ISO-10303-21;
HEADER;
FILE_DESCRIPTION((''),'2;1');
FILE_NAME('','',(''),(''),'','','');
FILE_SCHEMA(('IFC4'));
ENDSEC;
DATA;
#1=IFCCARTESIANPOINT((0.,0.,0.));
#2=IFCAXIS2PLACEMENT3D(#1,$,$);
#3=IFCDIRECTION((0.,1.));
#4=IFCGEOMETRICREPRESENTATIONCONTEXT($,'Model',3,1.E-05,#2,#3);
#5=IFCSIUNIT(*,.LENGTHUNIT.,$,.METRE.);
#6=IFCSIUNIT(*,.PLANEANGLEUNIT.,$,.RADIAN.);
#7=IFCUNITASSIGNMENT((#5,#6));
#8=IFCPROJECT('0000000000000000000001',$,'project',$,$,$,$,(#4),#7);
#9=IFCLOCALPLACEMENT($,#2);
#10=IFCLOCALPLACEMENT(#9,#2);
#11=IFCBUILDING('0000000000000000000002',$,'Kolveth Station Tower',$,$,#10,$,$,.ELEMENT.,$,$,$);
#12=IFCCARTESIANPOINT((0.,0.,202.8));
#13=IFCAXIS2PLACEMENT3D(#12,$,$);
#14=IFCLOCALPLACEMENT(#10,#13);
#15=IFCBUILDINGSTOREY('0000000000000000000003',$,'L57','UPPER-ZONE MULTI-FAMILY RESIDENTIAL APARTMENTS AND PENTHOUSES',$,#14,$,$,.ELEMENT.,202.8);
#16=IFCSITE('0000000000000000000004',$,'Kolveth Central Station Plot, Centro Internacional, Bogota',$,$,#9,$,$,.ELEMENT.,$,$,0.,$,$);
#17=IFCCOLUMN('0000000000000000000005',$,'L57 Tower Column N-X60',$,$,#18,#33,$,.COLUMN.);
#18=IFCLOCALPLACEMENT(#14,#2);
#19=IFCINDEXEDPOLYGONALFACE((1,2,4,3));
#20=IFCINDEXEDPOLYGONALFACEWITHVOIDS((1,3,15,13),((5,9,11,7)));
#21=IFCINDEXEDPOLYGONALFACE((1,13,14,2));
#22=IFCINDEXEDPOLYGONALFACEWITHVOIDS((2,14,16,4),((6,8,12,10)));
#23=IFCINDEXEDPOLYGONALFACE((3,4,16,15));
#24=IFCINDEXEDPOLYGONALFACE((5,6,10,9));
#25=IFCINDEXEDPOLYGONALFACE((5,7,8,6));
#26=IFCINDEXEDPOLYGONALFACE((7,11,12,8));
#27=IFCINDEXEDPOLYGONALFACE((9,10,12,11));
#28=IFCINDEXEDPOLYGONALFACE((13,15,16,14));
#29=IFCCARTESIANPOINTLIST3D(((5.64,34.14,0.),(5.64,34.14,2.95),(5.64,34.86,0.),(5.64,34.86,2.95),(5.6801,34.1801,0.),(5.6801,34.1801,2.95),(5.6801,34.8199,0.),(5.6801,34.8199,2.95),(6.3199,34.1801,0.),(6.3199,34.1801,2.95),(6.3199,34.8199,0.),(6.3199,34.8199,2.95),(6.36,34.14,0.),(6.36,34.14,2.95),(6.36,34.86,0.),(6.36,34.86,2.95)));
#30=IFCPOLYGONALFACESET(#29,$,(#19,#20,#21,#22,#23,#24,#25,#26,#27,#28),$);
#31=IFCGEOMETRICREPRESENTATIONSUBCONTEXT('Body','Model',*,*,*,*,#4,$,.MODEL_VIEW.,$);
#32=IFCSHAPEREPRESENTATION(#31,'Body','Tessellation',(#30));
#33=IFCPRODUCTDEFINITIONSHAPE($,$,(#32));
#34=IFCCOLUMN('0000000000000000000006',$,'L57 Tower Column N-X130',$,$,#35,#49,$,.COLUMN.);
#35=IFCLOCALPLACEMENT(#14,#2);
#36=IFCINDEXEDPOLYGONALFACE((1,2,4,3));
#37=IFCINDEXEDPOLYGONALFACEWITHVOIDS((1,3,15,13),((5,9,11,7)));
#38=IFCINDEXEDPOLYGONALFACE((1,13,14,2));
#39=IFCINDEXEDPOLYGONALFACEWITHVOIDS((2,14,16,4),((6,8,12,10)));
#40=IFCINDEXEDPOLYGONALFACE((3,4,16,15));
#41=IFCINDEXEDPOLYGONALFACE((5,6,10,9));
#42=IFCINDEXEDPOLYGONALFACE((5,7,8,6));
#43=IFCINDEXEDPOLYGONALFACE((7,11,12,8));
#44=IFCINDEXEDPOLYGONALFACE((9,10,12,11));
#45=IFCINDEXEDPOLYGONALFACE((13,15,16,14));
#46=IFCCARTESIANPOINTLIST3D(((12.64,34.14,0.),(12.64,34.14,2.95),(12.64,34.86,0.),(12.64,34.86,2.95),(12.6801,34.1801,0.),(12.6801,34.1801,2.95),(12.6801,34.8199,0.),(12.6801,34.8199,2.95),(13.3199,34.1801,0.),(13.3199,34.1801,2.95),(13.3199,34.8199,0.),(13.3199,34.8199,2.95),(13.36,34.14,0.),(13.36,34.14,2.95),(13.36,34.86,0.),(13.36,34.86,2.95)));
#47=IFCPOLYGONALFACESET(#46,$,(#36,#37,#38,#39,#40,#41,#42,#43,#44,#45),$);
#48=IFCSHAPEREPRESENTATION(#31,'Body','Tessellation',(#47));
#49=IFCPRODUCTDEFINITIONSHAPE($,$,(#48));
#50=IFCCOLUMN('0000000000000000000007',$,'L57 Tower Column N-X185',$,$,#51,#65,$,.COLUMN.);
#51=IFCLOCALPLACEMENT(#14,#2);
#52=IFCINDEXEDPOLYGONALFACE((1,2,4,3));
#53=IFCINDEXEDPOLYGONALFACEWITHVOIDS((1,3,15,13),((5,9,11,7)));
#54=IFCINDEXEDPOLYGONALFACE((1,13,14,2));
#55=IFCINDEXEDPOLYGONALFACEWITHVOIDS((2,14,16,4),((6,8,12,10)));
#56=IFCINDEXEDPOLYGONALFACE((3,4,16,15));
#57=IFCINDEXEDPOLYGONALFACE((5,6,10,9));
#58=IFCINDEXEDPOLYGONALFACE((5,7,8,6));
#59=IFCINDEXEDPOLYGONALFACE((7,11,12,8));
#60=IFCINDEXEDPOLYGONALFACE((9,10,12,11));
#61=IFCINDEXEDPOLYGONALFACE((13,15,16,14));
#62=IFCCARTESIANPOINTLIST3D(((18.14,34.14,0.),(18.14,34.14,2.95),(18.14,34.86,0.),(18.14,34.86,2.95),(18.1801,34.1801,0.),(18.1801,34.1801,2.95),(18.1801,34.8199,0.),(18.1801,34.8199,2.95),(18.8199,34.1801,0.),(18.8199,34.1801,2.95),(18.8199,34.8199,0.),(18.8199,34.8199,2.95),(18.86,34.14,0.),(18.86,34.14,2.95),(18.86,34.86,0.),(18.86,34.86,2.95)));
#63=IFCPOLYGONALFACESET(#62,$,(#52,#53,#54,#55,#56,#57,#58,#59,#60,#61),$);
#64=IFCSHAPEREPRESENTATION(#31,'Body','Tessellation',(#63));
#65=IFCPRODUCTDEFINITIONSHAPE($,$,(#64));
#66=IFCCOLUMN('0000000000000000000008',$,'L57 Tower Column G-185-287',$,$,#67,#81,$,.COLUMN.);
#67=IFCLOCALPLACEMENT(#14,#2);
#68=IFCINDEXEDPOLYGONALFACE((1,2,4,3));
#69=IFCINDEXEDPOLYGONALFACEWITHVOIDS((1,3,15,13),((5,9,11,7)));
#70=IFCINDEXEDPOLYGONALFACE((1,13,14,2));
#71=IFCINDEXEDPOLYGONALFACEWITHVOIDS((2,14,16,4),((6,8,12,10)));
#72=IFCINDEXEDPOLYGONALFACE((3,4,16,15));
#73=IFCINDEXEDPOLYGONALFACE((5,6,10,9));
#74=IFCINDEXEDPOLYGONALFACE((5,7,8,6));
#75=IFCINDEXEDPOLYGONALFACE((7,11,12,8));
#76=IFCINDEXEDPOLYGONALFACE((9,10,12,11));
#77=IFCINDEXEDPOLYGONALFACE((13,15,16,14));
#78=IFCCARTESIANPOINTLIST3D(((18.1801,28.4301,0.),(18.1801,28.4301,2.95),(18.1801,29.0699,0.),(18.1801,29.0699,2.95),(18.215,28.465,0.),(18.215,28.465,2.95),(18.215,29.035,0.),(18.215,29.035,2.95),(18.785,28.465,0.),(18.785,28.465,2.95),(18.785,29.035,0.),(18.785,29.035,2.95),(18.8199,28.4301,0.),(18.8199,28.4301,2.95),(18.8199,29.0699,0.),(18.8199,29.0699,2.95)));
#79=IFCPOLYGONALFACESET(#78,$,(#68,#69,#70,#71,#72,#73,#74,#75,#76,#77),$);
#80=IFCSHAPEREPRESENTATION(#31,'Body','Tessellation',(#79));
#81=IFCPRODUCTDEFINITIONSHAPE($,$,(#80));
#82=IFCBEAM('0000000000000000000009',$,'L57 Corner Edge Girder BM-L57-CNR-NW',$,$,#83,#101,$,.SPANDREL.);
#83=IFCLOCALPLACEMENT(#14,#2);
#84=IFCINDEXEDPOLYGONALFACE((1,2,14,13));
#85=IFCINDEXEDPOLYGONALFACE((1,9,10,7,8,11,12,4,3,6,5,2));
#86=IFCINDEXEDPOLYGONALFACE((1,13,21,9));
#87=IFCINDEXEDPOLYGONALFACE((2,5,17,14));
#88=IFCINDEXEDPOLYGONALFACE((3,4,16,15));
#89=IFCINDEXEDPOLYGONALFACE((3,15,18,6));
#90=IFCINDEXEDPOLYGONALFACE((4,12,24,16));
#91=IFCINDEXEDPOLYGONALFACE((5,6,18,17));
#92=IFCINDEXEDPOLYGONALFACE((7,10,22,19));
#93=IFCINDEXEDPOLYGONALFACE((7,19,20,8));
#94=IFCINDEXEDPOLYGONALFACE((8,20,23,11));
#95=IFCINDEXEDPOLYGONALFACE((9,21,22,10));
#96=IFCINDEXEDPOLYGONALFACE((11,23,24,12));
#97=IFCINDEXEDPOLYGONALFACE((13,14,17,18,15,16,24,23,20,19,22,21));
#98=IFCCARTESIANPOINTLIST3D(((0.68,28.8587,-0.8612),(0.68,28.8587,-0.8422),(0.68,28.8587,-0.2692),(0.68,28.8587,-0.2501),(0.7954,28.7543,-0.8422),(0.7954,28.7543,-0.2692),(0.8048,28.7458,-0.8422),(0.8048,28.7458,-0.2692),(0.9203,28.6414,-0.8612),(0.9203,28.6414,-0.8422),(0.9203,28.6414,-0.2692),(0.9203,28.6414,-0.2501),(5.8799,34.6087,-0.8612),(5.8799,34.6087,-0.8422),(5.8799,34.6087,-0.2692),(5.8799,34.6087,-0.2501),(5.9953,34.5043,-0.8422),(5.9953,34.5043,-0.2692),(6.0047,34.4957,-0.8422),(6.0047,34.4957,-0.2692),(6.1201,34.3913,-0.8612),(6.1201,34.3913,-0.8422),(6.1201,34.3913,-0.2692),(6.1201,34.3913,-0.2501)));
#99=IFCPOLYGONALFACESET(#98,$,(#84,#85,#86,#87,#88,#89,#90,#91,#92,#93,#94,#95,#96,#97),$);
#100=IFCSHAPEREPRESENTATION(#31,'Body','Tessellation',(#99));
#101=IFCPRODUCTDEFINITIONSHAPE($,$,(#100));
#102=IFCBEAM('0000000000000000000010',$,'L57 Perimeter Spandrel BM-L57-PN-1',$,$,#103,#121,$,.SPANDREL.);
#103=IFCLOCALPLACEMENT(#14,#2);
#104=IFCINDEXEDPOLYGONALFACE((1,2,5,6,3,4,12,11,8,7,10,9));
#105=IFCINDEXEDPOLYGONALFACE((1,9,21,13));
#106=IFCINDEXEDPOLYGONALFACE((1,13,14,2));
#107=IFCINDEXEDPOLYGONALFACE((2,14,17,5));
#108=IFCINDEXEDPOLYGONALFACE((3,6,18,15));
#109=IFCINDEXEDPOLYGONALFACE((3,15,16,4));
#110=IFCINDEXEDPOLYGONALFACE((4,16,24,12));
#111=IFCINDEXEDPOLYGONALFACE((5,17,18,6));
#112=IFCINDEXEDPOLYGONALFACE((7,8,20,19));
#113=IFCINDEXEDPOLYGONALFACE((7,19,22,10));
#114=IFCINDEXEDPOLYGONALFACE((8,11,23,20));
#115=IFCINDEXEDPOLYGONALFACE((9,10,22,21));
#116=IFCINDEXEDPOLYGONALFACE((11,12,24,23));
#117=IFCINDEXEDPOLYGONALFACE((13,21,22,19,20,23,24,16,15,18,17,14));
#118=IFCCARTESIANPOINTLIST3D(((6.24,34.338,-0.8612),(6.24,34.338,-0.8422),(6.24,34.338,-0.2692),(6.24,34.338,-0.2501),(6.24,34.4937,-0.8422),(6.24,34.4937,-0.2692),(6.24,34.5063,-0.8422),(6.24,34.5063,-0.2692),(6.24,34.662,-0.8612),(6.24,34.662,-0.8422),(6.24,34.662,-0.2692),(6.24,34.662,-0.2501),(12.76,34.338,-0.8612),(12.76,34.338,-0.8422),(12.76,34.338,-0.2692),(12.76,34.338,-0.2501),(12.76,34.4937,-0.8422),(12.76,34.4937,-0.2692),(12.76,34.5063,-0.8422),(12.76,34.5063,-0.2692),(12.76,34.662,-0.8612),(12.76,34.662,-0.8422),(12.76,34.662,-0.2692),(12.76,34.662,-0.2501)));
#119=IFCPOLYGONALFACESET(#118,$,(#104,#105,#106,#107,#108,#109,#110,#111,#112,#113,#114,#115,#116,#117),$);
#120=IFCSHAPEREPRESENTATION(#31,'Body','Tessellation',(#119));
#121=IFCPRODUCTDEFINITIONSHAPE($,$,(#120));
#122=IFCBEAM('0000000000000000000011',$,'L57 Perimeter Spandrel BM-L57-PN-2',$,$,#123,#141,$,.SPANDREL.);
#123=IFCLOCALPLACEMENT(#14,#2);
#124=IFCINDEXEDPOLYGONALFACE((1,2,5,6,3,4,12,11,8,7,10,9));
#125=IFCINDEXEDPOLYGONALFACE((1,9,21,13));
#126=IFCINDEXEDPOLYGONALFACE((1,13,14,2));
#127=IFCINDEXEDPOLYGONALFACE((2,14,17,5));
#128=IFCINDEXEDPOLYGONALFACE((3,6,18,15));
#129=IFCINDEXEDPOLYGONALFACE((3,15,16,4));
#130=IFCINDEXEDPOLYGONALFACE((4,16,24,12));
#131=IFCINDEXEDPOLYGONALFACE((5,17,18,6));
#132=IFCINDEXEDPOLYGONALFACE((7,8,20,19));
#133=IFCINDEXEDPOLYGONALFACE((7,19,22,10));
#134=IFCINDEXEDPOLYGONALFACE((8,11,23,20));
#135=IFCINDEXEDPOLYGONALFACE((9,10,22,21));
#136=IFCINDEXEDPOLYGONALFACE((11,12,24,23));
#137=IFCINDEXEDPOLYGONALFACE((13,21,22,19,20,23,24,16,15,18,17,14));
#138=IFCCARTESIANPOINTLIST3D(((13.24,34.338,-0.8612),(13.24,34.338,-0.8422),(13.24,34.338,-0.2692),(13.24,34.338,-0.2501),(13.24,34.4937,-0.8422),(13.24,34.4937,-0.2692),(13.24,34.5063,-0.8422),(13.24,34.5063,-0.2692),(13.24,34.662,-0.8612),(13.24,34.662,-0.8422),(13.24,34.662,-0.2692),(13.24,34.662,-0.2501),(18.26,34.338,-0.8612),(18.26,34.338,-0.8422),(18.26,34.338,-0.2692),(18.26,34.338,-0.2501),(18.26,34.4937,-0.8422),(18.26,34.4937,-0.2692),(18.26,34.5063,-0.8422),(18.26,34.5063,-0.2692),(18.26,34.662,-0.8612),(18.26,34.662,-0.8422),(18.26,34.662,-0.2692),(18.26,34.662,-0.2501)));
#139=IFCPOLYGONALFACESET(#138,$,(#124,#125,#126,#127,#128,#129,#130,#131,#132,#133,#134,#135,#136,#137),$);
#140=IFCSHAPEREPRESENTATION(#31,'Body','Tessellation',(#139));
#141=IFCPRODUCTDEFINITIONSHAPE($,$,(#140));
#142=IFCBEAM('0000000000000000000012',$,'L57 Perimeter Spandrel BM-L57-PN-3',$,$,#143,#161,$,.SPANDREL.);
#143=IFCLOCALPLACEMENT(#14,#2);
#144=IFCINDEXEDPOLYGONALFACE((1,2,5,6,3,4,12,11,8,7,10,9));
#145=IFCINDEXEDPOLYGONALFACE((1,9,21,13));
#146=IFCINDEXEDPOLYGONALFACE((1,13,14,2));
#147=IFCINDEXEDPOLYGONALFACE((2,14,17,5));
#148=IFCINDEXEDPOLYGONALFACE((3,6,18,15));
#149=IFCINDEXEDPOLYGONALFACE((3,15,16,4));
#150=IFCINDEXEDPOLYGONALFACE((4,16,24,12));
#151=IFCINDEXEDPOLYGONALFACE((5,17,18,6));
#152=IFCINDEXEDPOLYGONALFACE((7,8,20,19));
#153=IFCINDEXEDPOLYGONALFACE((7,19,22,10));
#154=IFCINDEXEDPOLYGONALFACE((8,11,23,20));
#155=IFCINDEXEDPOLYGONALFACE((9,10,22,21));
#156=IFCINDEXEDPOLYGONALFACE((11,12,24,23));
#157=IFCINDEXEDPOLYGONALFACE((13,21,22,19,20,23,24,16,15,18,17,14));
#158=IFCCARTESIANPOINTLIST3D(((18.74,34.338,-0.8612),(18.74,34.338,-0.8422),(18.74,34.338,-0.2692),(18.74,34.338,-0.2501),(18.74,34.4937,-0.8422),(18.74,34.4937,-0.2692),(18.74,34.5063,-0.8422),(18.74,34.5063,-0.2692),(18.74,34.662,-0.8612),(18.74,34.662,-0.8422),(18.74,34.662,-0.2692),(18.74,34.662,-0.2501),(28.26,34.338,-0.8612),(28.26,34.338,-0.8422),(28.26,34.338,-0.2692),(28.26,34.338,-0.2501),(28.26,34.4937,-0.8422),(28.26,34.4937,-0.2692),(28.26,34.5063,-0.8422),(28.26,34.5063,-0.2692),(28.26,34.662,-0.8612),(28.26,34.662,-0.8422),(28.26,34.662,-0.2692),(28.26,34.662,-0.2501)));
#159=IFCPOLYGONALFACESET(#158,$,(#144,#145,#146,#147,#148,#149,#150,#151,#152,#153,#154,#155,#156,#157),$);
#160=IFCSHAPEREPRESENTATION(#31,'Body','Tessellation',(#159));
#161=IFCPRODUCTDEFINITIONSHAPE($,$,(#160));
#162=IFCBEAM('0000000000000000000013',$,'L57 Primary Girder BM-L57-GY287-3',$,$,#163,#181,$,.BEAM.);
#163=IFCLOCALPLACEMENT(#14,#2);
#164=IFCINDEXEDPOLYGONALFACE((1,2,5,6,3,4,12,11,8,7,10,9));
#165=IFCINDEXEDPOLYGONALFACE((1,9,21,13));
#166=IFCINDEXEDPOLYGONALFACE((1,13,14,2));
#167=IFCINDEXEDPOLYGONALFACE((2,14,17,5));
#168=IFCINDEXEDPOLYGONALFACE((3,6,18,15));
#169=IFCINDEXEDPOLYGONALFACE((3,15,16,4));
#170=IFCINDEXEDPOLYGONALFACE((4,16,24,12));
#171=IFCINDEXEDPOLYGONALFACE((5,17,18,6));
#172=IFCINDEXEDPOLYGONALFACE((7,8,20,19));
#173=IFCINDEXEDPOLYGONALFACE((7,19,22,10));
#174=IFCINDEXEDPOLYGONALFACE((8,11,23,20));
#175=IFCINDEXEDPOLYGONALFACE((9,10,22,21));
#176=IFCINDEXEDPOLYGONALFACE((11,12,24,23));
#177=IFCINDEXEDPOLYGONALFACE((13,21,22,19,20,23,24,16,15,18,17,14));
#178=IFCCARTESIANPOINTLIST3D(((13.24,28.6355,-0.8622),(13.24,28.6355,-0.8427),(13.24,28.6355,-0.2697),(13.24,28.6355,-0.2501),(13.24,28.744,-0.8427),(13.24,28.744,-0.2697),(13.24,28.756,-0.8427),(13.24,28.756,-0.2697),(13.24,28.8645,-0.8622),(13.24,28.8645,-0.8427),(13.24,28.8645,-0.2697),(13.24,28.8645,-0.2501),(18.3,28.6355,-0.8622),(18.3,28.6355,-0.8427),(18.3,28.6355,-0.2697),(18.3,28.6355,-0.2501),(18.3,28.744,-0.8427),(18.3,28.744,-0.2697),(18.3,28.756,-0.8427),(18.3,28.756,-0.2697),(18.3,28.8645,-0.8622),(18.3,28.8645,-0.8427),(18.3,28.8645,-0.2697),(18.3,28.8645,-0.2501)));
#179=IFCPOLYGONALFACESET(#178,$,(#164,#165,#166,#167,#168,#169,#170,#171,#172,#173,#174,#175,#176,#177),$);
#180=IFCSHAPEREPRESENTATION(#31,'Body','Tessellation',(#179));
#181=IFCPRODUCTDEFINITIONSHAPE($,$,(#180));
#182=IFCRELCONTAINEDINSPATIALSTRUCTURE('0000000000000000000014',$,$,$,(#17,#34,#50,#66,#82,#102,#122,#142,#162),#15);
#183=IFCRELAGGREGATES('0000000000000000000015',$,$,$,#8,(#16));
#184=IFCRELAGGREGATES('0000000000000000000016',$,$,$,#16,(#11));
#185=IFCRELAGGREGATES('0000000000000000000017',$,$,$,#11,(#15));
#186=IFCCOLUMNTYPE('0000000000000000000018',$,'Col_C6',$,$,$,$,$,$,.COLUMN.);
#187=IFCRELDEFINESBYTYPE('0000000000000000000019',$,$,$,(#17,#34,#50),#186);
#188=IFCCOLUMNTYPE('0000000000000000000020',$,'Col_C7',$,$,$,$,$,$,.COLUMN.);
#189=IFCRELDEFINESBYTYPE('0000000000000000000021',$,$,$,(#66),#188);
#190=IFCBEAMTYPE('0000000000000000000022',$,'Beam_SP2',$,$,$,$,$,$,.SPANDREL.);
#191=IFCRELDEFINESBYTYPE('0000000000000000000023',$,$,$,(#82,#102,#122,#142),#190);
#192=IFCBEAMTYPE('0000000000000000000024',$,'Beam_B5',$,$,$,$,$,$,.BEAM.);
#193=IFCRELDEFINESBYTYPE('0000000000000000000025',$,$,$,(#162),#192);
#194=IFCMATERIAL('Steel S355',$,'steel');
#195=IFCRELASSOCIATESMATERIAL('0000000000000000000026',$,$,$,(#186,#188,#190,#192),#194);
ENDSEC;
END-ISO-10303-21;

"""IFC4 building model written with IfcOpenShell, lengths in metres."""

from ifc_helpers import new_model, si_unit, direction, frame, origin, origin_2d, place, context, subcontext, project, spatial, hollow_rectangle, i_section, extrude, source, transform, mapped, material, material_profile, profile_set, type_object, element, save


model = new_model("IFC4")

# Units and contexts
model_context = context("Model", 3, precision=1e-05, world=origin(), true_north=direction((0.0, 1.0)))
body_context = subcontext(model_context, "Body", "Model", "MODEL_VIEW")
ifc_project = project(units=[si_unit("LENGTHUNIT", "METRE"), si_unit("PLANEANGLEUNIT", "RADIAN")], contexts=[model_context])

# Site, building, storey
site_placement = place(None, origin())
site = spatial("IfcSite", under=ifc_project, at=site_placement, Name="Kolveth Central Station Plot, Centro Internacional, Bogota", CompositionType="ELEMENT", RefElevation=0.0)
building_placement = place(site_placement, origin())
building = spatial("IfcBuilding", under=site, at=building_placement, Name="Kolveth Station Tower", CompositionType="ELEMENT")
storey_placement = place(building_placement, frame((0.0, 0.0, 202.8)))
storey = spatial("IfcBuildingStorey", under=building, at=storey_placement, Name="L57", Description="UPPER-ZONE MULTI-FAMILY RESIDENTIAL APARTMENTS AND PENTHOUSES", CompositionType="ELEMENT", Elevation=202.8)

# Columns
ifc_material_1 = material(Name="Steel S355", Category="steel")
ifc_material_profile_1 = material_profile(ifc_material_1, hollow_rectangle(XDim=0.72, YDim=0.72, WallThickness=0.04, at=origin_2d()), Name="BOX720x720x40")
ifc_profile_set_1 = profile_set([ifc_material_profile_1], Name="Steel S355")
column_type_1 = type_object("IfcColumnType", Name="Col_C6", PredefinedType="COLUMN", material=ifc_profile_set_1)
shared_shape_1 = source(origin(), body_context, "Body", "SweptSolid", [
    extrude(hollow_rectangle(XDim=0.72, YDim=0.72, WallThickness=0.04, at=origin_2d()), origin(), (0.0, 0.0, 1.0), 2.95),
])
for number, where, z_axis, x_axis, name in (
    (1, (6.0, 34.5, 0.0), (0.0, 0.0, 1.0), (1.0, 0.0, 0.0), "L57 Tower Column N-X60"),
    (2, (13.0, 34.5, 0.0), (0.0, 0.0, 1.0), (1.0, 0.0, 0.0), "L57 Tower Column N-X130"),
    (3, (18.5, 34.5, 0.0), (0.0, 0.0, 1.0), (1.0, 0.0, 0.0), "L57 Tower Column N-X185"),
):
    element("IfcColumn", number, at=place(storey_placement, frame(where, z_axis=z_axis, x_axis=x_axis)), inside=storey, type_object=column_type_1, Name=name, PredefinedType="COLUMN", context=body_context, shape_type="MappedRepresentation", body=[
        mapped(shared_shape_1, transform((0.0, 0.0, 0.0), x_axis=(1.0, 0.0, 0.0), y_axis=(0.0, 1.0, 0.0), z_axis=(0.0, 0.0, 1.0), scale=1.0)),
    ])
ifc_material_profile_2 = material_profile(ifc_material_1, hollow_rectangle(XDim=0.6399, YDim=0.6399, WallThickness=0.0349, at=origin_2d()), Name="BOX640x640x35")
ifc_profile_set_2 = profile_set([ifc_material_profile_2], Name="Steel S355")
column_type_2 = type_object("IfcColumnType", Name="Col_C7", PredefinedType="COLUMN", material=ifc_profile_set_2)
shared_shape_2 = source(origin(), body_context, "Body", "SweptSolid", [
    extrude(hollow_rectangle(XDim=0.6399, YDim=0.6399, WallThickness=0.0349, at=origin_2d()), origin(), (0.0, 0.0, 1.0), 2.95),
])
column_placement = place(storey_placement, frame((18.5, 28.75, 0.0), z_axis=(0.0, 0.0, 1.0), x_axis=(1.0, 0.0, 0.0)))
element("IfcColumn", 4, at=column_placement, inside=storey, type_object=column_type_2, Name="L57 Tower Column G-185-287", PredefinedType="COLUMN", context=body_context, shape_type="MappedRepresentation", body=[
    mapped(shared_shape_2, transform((0.0, 0.0, 0.0), x_axis=(1.0, 0.0, 0.0), y_axis=(0.0, 1.0, 0.0), z_axis=(0.0, 0.0, 1.0), scale=1.0)),
])

# Beams
ifc_material_profile_3 = material_profile(ifc_material_1, i_section(OverallWidth=0.324, OverallDepth=0.6111, WebThickness=0.0127, FlangeThickness=0.019, at=origin_2d()), Name="W610x155")
ifc_profile_set_3 = profile_set([ifc_material_profile_3], Name="Steel S355")
beam_type_1 = type_object("IfcBeamType", Name="Beam_SP2", PredefinedType="SPANDREL", material=ifc_profile_set_3)
shared_shape_3 = source(origin(), body_context, "Body", "SweptSolid", [
    extrude(i_section(OverallWidth=0.324, OverallDepth=0.6111, WebThickness=0.0127, FlangeThickness=0.019, at=origin_2d()), origin(), (0.0, 0.0, 1.0), 7.7524),
])
beam_1_placement = place(storey_placement, frame((6.0, 34.5, -0.5557), z_axis=(-0.670741, -0.741692, 0.0), x_axis=(0.741692, -0.670741, 0.0)))
element("IfcBeam", 5, at=beam_1_placement, inside=storey, type_object=beam_type_1, Name="L57 Corner Edge Girder BM-L57-CNR-NW", PredefinedType="SPANDREL", context=body_context, shape_type="MappedRepresentation", body=[
    mapped(shared_shape_3, transform((0.0, 0.0, 0.0), x_axis=(1.0, 0.0, 0.0), y_axis=(0.0, 1.0, 0.0), z_axis=(0.0, 0.0, 1.0), scale=1.0)),
])
shared_shape_4 = source(origin(), body_context, "Body", "SweptSolid", [
    extrude(i_section(OverallWidth=0.324, OverallDepth=0.6111, WebThickness=0.0127, FlangeThickness=0.019, at=origin_2d()), origin(), (0.0, 0.0, 1.0), 6.52),
])
beam_2_placement = place(storey_placement, frame((6.24, 34.5, -0.5557), z_axis=(1.0, 0.0, 0.0), x_axis=(0.0, 1.0, 0.0)))
element("IfcBeam", 6, at=beam_2_placement, inside=storey, type_object=beam_type_1, Name="L57 Perimeter Spandrel BM-L57-PN-1", PredefinedType="SPANDREL", context=body_context, shape_type="MappedRepresentation", body=[
    mapped(shared_shape_4, transform((0.0, 0.0, 0.0), x_axis=(1.0, 0.0, 0.0), y_axis=(0.0, 1.0, 0.0), z_axis=(0.0, 0.0, 1.0), scale=1.0)),
])
shared_shape_5 = source(origin(), body_context, "Body", "SweptSolid", [
    extrude(i_section(OverallWidth=0.324, OverallDepth=0.6111, WebThickness=0.0127, FlangeThickness=0.019, at=origin_2d()), origin(), (0.0, 0.0, 1.0), 5.02),
])
beam_3_placement = place(storey_placement, frame((13.24, 34.5, -0.5557), z_axis=(1.0, 0.0, 0.0), x_axis=(0.0, 1.0, 0.0)))
element("IfcBeam", 7, at=beam_3_placement, inside=storey, type_object=beam_type_1, Name="L57 Perimeter Spandrel BM-L57-PN-2", PredefinedType="SPANDREL", context=body_context, shape_type="MappedRepresentation", body=[
    mapped(shared_shape_5, transform((0.0, 0.0, 0.0), x_axis=(1.0, 0.0, 0.0), y_axis=(0.0, 1.0, 0.0), z_axis=(0.0, 0.0, 1.0), scale=1.0)),
])
shared_shape_6 = source(origin(), body_context, "Body", "SweptSolid", [
    extrude(i_section(OverallWidth=0.324, OverallDepth=0.6111, WebThickness=0.0127, FlangeThickness=0.019, at=origin_2d()), origin(), (0.0, 0.0, 1.0), 9.52),
])
beam_4_placement = place(storey_placement, frame((18.74, 34.5, -0.5557), z_axis=(1.0, 0.0, 0.0), x_axis=(0.0, 1.0, 0.0)))
element("IfcBeam", 8, at=beam_4_placement, inside=storey, type_object=beam_type_1, Name="L57 Perimeter Spandrel BM-L57-PN-3", PredefinedType="SPANDREL", context=body_context, shape_type="MappedRepresentation", body=[
    mapped(shared_shape_6, transform((0.0, 0.0, 0.0), x_axis=(1.0, 0.0, 0.0), y_axis=(0.0, 1.0, 0.0), z_axis=(0.0, 0.0, 1.0), scale=1.0)),
])
ifc_material_profile_4 = material_profile(ifc_material_1, i_section(OverallWidth=0.229, OverallDepth=0.6121, WebThickness=0.012, FlangeThickness=0.0195, at=origin_2d()), Name="W610x125")
ifc_profile_set_4 = profile_set([ifc_material_profile_4], Name="Steel S355")
beam_type_2 = type_object("IfcBeamType", Name="Beam_B5", PredefinedType="BEAM", material=ifc_profile_set_4)
shared_shape_7 = source(origin(), body_context, "Body", "SweptSolid", [
    extrude(i_section(OverallWidth=0.229, OverallDepth=0.6121, WebThickness=0.012, FlangeThickness=0.0195, at=origin_2d()), origin(), (0.0, 0.0, 1.0), 5.0601),
])
beam_5_placement = place(storey_placement, frame((13.24, 28.75, -0.5562), z_axis=(1.0, 0.0, 0.0), x_axis=(0.0, 1.0, 0.0)))
element("IfcBeam", 9, at=beam_5_placement, inside=storey, type_object=beam_type_2, Name="L57 Primary Girder BM-L57-GY287-3", PredefinedType="BEAM", context=body_context, shape_type="MappedRepresentation", body=[
    mapped(shared_shape_7, transform((0.0, 0.0, 0.0), x_axis=(1.0, 0.0, 0.0), y_axis=(0.0, 1.0, 0.0), z_axis=(0.0, 0.0, 1.0), scale=1.0)),
])

save(model, "model.ifc")
